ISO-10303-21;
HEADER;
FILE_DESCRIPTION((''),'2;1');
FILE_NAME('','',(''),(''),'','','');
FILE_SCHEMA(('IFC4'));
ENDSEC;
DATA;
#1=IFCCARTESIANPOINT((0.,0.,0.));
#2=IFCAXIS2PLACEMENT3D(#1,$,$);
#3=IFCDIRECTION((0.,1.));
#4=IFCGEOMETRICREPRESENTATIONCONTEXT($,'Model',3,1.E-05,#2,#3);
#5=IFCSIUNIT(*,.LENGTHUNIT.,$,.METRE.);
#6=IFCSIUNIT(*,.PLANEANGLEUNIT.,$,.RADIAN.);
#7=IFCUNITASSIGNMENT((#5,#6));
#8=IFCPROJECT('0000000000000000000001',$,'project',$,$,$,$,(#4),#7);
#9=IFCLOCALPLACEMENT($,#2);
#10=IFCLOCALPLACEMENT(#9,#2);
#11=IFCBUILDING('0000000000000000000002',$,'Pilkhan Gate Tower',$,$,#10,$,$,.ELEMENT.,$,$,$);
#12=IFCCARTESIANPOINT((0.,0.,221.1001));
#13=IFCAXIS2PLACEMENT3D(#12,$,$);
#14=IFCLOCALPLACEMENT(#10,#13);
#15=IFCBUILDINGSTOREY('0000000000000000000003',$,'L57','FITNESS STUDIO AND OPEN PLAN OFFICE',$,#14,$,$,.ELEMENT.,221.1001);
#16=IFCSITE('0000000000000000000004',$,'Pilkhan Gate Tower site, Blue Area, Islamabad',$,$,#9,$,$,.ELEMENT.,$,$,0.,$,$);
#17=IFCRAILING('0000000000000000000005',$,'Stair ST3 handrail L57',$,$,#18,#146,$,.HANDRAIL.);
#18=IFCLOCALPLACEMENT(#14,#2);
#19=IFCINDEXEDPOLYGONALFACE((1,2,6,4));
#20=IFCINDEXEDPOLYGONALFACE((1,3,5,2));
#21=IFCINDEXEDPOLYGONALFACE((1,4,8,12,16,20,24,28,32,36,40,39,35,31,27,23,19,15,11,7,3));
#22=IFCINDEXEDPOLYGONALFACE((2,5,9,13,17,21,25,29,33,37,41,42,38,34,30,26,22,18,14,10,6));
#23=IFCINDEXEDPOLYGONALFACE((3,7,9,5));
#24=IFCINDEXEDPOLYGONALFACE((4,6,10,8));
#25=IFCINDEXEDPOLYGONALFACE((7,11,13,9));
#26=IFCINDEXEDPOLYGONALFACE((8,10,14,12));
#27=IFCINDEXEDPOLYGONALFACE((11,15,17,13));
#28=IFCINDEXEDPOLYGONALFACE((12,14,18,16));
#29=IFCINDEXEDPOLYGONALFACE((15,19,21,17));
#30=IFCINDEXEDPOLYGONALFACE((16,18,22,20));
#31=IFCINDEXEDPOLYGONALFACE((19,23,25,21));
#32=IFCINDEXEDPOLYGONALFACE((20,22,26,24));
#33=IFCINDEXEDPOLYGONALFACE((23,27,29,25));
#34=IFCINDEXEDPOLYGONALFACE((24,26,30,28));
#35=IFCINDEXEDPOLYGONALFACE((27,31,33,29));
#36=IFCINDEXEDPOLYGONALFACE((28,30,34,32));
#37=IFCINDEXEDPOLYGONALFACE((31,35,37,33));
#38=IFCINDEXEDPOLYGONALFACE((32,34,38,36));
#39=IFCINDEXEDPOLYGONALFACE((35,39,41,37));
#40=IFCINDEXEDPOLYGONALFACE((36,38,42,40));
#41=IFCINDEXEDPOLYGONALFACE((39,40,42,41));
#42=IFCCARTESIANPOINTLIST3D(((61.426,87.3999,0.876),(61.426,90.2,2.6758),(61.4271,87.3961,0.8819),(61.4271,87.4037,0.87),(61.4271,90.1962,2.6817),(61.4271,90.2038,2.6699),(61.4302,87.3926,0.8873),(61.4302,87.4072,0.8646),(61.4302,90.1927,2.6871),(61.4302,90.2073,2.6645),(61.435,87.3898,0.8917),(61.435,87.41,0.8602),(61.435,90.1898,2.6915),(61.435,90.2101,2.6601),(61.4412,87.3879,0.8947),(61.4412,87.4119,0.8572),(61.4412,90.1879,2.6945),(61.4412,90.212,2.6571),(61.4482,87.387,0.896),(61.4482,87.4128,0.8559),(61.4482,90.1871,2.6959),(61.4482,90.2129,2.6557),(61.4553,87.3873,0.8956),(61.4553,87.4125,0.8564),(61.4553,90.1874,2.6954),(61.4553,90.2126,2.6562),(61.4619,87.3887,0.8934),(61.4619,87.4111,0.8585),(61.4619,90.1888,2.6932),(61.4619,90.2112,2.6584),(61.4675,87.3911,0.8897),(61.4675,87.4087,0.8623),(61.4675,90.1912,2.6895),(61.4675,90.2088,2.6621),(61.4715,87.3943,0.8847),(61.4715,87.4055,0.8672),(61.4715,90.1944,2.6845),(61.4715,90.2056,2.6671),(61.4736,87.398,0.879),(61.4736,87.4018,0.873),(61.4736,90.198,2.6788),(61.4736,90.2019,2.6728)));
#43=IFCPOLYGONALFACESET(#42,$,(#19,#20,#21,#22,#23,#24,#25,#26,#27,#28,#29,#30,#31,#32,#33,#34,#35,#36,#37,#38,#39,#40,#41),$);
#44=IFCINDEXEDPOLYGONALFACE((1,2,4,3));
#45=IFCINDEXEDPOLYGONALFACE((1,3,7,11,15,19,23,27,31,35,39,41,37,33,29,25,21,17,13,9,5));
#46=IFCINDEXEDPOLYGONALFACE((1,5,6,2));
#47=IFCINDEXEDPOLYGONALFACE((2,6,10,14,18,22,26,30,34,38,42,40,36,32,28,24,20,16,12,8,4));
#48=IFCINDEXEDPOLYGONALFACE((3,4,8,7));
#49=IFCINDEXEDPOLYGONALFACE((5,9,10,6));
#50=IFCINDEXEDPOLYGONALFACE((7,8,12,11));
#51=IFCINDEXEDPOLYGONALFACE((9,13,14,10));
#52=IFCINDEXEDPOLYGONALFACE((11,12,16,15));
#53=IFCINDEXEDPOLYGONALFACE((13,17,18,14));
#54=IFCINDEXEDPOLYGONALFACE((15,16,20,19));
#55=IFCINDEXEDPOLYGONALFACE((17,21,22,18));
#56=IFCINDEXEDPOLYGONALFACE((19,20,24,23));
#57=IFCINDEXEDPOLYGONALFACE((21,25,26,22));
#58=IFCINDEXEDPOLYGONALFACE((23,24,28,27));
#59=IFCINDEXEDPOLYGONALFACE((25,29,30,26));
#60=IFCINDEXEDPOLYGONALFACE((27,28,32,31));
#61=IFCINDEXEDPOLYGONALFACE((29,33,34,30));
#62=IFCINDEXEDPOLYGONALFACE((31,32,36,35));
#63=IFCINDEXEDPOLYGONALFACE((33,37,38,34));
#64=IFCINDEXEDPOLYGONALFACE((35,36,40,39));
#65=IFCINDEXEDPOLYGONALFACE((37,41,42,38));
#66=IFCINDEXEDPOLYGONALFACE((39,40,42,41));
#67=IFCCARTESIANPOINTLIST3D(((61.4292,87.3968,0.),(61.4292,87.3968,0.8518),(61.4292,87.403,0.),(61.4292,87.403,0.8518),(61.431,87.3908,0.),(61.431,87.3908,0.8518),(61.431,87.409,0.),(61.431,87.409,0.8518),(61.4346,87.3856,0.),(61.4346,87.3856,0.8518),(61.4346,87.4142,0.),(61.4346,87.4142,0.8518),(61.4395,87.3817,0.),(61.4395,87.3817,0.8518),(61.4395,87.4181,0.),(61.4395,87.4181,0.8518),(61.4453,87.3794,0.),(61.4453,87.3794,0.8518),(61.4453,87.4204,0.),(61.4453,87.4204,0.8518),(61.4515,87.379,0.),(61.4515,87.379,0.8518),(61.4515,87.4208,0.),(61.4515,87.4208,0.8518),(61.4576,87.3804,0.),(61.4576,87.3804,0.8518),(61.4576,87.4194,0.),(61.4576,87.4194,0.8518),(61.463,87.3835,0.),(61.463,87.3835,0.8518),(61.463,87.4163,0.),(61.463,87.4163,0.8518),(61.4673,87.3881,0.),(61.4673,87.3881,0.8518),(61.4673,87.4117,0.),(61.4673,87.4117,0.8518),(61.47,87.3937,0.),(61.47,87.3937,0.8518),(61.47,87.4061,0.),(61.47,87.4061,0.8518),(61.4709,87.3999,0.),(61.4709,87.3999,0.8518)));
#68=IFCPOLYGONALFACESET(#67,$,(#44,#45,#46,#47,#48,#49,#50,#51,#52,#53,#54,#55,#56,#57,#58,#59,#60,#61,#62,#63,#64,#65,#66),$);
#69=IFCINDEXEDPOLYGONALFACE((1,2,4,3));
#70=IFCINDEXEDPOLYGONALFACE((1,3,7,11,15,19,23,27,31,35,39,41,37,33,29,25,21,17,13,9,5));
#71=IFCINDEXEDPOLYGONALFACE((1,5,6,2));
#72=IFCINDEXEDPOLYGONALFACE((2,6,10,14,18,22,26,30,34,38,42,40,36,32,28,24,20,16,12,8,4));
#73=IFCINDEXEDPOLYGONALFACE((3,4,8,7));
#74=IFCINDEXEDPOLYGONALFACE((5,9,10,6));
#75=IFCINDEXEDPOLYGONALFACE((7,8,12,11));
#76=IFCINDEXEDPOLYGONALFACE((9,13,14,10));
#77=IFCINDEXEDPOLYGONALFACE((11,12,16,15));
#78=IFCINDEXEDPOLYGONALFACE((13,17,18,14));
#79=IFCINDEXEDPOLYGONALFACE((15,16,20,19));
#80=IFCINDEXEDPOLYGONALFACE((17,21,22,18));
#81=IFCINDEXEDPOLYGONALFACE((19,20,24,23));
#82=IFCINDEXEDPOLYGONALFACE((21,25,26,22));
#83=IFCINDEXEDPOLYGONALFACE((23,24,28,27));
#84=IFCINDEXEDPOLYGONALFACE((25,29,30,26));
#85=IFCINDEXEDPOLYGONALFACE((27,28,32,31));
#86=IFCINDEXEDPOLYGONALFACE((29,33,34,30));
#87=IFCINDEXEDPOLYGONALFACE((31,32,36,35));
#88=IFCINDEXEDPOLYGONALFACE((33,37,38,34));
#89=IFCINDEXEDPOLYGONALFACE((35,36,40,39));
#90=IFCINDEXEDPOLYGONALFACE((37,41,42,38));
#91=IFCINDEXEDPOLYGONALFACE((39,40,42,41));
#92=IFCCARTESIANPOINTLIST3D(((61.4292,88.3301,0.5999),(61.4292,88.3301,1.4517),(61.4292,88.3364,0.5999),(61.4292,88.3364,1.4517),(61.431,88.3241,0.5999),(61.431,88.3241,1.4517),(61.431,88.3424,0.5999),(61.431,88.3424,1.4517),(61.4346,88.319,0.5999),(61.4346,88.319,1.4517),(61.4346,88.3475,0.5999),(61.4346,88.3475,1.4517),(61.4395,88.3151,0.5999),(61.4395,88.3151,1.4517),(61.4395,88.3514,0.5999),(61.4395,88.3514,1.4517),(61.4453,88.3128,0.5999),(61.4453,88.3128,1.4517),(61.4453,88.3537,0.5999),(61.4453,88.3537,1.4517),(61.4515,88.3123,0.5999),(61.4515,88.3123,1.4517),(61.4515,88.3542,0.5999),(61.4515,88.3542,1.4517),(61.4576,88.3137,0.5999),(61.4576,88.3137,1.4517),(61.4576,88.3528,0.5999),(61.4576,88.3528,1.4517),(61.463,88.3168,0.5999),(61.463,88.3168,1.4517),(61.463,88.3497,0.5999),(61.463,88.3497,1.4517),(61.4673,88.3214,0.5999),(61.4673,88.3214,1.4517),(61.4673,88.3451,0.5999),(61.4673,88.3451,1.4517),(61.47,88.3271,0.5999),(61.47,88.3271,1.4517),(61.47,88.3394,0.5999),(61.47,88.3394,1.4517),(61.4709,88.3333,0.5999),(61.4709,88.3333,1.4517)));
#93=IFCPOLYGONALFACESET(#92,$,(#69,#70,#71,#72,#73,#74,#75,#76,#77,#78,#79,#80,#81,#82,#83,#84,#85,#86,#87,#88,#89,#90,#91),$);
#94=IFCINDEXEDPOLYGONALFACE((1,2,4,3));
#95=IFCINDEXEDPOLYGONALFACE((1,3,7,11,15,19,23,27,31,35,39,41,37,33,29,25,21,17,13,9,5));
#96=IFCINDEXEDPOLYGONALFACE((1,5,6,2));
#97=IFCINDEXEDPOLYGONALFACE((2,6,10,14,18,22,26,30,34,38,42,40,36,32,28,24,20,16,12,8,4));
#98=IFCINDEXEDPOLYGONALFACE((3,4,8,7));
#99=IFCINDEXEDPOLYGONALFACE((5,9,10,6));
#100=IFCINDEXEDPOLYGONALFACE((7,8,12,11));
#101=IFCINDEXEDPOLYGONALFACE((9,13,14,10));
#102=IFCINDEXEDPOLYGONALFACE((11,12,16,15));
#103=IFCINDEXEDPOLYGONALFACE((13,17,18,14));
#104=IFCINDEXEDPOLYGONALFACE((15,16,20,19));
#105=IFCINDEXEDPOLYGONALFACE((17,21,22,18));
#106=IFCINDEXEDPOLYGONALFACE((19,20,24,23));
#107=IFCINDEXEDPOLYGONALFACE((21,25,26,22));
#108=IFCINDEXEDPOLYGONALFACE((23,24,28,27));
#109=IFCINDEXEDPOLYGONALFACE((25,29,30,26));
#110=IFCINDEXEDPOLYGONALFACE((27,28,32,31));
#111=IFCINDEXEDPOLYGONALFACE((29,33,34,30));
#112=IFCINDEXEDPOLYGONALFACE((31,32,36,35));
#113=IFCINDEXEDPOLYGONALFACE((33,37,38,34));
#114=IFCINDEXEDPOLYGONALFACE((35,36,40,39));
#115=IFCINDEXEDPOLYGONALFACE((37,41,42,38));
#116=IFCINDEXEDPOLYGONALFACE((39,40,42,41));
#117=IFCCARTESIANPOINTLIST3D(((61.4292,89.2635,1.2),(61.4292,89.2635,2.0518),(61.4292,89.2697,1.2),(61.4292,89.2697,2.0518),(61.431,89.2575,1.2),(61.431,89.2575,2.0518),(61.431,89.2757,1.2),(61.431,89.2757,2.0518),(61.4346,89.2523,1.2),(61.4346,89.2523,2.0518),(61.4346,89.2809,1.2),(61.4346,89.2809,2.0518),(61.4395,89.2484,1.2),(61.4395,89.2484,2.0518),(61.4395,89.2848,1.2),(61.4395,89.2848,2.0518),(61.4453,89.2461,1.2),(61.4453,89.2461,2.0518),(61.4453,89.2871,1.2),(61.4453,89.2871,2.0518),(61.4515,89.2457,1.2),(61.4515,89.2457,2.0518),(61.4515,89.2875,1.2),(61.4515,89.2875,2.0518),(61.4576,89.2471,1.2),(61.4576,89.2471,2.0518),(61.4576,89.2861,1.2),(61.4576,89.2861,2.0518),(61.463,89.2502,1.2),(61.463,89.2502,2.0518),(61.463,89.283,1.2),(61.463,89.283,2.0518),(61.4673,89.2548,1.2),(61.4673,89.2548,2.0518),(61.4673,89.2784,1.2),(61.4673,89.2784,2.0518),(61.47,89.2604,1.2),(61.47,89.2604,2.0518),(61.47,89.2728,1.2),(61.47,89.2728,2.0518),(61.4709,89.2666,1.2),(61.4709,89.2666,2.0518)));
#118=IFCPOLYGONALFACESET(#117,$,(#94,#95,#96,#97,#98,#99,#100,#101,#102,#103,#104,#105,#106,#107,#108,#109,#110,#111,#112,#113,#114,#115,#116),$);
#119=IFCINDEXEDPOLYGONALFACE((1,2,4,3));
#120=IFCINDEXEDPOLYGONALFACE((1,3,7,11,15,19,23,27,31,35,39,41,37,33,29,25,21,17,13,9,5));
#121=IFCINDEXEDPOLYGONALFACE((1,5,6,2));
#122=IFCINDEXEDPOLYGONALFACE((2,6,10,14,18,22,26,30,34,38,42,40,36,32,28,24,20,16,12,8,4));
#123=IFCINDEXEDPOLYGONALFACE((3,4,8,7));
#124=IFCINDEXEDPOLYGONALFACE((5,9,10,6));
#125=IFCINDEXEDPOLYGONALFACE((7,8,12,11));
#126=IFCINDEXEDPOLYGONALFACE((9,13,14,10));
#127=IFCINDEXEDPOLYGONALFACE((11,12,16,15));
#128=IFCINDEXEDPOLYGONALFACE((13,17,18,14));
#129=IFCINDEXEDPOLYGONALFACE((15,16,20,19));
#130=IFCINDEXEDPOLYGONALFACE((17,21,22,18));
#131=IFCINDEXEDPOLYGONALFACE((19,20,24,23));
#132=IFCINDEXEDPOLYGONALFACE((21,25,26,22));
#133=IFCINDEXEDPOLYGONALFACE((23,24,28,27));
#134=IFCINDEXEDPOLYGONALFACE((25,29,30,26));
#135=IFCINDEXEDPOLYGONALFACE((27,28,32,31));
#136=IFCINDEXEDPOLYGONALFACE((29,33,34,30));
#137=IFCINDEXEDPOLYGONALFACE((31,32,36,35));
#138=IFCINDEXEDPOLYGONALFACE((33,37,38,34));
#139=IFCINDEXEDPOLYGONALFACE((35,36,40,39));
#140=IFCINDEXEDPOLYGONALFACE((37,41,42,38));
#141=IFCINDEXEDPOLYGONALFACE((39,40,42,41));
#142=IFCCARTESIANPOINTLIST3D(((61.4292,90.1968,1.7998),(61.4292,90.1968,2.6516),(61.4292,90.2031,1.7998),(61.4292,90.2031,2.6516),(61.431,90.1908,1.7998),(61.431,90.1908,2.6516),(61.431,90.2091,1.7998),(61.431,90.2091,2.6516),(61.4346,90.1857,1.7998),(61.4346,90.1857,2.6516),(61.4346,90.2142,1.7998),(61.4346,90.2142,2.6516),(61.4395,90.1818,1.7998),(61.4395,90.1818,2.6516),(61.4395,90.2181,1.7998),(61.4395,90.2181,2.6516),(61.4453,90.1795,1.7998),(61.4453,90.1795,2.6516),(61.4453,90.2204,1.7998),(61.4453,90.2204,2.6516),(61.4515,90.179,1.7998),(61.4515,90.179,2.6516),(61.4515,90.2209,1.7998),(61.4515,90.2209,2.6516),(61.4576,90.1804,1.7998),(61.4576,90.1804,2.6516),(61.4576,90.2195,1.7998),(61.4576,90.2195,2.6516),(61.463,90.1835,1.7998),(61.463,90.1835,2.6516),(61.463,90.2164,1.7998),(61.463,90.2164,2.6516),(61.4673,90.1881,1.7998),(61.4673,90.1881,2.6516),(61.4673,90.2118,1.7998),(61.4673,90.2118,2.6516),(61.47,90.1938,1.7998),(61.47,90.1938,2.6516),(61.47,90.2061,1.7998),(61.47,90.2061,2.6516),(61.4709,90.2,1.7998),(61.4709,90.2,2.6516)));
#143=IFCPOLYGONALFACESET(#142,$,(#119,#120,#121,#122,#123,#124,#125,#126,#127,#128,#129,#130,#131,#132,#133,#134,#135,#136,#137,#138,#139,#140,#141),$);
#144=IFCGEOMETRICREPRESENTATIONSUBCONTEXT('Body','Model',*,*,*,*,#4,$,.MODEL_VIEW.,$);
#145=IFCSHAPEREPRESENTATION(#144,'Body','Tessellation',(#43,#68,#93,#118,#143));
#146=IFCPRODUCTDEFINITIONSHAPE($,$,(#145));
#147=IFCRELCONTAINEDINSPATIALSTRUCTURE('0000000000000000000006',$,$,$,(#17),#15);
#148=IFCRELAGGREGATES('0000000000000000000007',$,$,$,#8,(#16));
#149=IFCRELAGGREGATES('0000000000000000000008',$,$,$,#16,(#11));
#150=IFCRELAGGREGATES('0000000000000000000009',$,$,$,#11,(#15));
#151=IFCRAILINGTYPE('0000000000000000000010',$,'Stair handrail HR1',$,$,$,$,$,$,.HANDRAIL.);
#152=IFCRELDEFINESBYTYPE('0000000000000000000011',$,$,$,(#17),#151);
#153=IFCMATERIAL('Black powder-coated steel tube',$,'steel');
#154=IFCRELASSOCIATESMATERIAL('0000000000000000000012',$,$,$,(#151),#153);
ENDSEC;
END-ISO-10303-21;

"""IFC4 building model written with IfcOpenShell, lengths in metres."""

from ifc_helpers import new_model, si_unit, direction, frame, origin, origin_2d, place, context, subcontext, project, spatial, circle, extrude, material, type_object, element, save


model = new_model("IFC4")

# Units and contexts
model_context = context("Model", 3, precision=1e-05, world=origin(), true_north=direction((0.0, 1.0)))
body_context = subcontext(model_context, "Body", "Model", "MODEL_VIEW")
ifc_project = project(units=[si_unit("LENGTHUNIT", "METRE"), si_unit("PLANEANGLEUNIT", "RADIAN")], contexts=[model_context])

# Site, building, storey
site_placement = place(None, origin())
site = spatial("IfcSite", under=ifc_project, at=site_placement, Name="Pilkhan Gate Tower site, Blue Area, Islamabad", CompositionType="ELEMENT", RefElevation=0.0)
building_placement = place(site_placement, origin())
building = spatial("IfcBuilding", under=site, at=building_placement, Name="Pilkhan Gate Tower", CompositionType="ELEMENT")
storey_placement = place(building_placement, frame((0.0, 0.0, 221.1001)))
storey = spatial("IfcBuildingStorey", under=building, at=storey_placement, Name="L57", Description="FITNESS STUDIO AND OPEN PLAN OFFICE", CompositionType="ELEMENT", Elevation=221.1001)

# Railing
ifc_material_1 = material(Name="Black powder-coated steel tube", Category="steel")
railing_type_1 = type_object("IfcRailingType", Name="Stair handrail HR1", PredefinedType="HANDRAIL", material=ifc_material_1)
railing_1_placement = place(storey_placement, frame((61.45, 87.3999, 0.0)))
element("IfcRailing", 1, at=railing_1_placement, inside=storey, type_object=railing_type_1, Name="Stair ST3 handrail L57", PredefinedType="HANDRAIL", context=body_context, shape_type="SweptSolid", body=[
    extrude(circle(Radius=0.0239, at=origin_2d()), frame((0.0, 0.0, 0.876), z_axis=(0.0, 0.841209, 0.540709), x_axis=(-1.0, 0.0, 0.0)), (0.0, 0.0, 1.0), 3.3286),
    extrude(circle(Radius=0.021, at=origin_2d()), origin(), (0.0, 0.0, 1.0), 0.8518),
    extrude(circle(Radius=0.021, at=origin_2d()), frame((0.0, 0.9333, 0.5999)), (0.0, 0.0, 1.0), 0.8518),
    extrude(circle(Radius=0.021, at=origin_2d()), frame((0.0, 1.8667, 1.2)), (0.0, 0.0, 1.0), 0.8518),
    extrude(circle(Radius=0.021, at=origin_2d()), frame((0.0, 2.8, 1.7998)), (0.0, 0.0, 1.0), 0.8518),
])

save(model, "model.ifc")
